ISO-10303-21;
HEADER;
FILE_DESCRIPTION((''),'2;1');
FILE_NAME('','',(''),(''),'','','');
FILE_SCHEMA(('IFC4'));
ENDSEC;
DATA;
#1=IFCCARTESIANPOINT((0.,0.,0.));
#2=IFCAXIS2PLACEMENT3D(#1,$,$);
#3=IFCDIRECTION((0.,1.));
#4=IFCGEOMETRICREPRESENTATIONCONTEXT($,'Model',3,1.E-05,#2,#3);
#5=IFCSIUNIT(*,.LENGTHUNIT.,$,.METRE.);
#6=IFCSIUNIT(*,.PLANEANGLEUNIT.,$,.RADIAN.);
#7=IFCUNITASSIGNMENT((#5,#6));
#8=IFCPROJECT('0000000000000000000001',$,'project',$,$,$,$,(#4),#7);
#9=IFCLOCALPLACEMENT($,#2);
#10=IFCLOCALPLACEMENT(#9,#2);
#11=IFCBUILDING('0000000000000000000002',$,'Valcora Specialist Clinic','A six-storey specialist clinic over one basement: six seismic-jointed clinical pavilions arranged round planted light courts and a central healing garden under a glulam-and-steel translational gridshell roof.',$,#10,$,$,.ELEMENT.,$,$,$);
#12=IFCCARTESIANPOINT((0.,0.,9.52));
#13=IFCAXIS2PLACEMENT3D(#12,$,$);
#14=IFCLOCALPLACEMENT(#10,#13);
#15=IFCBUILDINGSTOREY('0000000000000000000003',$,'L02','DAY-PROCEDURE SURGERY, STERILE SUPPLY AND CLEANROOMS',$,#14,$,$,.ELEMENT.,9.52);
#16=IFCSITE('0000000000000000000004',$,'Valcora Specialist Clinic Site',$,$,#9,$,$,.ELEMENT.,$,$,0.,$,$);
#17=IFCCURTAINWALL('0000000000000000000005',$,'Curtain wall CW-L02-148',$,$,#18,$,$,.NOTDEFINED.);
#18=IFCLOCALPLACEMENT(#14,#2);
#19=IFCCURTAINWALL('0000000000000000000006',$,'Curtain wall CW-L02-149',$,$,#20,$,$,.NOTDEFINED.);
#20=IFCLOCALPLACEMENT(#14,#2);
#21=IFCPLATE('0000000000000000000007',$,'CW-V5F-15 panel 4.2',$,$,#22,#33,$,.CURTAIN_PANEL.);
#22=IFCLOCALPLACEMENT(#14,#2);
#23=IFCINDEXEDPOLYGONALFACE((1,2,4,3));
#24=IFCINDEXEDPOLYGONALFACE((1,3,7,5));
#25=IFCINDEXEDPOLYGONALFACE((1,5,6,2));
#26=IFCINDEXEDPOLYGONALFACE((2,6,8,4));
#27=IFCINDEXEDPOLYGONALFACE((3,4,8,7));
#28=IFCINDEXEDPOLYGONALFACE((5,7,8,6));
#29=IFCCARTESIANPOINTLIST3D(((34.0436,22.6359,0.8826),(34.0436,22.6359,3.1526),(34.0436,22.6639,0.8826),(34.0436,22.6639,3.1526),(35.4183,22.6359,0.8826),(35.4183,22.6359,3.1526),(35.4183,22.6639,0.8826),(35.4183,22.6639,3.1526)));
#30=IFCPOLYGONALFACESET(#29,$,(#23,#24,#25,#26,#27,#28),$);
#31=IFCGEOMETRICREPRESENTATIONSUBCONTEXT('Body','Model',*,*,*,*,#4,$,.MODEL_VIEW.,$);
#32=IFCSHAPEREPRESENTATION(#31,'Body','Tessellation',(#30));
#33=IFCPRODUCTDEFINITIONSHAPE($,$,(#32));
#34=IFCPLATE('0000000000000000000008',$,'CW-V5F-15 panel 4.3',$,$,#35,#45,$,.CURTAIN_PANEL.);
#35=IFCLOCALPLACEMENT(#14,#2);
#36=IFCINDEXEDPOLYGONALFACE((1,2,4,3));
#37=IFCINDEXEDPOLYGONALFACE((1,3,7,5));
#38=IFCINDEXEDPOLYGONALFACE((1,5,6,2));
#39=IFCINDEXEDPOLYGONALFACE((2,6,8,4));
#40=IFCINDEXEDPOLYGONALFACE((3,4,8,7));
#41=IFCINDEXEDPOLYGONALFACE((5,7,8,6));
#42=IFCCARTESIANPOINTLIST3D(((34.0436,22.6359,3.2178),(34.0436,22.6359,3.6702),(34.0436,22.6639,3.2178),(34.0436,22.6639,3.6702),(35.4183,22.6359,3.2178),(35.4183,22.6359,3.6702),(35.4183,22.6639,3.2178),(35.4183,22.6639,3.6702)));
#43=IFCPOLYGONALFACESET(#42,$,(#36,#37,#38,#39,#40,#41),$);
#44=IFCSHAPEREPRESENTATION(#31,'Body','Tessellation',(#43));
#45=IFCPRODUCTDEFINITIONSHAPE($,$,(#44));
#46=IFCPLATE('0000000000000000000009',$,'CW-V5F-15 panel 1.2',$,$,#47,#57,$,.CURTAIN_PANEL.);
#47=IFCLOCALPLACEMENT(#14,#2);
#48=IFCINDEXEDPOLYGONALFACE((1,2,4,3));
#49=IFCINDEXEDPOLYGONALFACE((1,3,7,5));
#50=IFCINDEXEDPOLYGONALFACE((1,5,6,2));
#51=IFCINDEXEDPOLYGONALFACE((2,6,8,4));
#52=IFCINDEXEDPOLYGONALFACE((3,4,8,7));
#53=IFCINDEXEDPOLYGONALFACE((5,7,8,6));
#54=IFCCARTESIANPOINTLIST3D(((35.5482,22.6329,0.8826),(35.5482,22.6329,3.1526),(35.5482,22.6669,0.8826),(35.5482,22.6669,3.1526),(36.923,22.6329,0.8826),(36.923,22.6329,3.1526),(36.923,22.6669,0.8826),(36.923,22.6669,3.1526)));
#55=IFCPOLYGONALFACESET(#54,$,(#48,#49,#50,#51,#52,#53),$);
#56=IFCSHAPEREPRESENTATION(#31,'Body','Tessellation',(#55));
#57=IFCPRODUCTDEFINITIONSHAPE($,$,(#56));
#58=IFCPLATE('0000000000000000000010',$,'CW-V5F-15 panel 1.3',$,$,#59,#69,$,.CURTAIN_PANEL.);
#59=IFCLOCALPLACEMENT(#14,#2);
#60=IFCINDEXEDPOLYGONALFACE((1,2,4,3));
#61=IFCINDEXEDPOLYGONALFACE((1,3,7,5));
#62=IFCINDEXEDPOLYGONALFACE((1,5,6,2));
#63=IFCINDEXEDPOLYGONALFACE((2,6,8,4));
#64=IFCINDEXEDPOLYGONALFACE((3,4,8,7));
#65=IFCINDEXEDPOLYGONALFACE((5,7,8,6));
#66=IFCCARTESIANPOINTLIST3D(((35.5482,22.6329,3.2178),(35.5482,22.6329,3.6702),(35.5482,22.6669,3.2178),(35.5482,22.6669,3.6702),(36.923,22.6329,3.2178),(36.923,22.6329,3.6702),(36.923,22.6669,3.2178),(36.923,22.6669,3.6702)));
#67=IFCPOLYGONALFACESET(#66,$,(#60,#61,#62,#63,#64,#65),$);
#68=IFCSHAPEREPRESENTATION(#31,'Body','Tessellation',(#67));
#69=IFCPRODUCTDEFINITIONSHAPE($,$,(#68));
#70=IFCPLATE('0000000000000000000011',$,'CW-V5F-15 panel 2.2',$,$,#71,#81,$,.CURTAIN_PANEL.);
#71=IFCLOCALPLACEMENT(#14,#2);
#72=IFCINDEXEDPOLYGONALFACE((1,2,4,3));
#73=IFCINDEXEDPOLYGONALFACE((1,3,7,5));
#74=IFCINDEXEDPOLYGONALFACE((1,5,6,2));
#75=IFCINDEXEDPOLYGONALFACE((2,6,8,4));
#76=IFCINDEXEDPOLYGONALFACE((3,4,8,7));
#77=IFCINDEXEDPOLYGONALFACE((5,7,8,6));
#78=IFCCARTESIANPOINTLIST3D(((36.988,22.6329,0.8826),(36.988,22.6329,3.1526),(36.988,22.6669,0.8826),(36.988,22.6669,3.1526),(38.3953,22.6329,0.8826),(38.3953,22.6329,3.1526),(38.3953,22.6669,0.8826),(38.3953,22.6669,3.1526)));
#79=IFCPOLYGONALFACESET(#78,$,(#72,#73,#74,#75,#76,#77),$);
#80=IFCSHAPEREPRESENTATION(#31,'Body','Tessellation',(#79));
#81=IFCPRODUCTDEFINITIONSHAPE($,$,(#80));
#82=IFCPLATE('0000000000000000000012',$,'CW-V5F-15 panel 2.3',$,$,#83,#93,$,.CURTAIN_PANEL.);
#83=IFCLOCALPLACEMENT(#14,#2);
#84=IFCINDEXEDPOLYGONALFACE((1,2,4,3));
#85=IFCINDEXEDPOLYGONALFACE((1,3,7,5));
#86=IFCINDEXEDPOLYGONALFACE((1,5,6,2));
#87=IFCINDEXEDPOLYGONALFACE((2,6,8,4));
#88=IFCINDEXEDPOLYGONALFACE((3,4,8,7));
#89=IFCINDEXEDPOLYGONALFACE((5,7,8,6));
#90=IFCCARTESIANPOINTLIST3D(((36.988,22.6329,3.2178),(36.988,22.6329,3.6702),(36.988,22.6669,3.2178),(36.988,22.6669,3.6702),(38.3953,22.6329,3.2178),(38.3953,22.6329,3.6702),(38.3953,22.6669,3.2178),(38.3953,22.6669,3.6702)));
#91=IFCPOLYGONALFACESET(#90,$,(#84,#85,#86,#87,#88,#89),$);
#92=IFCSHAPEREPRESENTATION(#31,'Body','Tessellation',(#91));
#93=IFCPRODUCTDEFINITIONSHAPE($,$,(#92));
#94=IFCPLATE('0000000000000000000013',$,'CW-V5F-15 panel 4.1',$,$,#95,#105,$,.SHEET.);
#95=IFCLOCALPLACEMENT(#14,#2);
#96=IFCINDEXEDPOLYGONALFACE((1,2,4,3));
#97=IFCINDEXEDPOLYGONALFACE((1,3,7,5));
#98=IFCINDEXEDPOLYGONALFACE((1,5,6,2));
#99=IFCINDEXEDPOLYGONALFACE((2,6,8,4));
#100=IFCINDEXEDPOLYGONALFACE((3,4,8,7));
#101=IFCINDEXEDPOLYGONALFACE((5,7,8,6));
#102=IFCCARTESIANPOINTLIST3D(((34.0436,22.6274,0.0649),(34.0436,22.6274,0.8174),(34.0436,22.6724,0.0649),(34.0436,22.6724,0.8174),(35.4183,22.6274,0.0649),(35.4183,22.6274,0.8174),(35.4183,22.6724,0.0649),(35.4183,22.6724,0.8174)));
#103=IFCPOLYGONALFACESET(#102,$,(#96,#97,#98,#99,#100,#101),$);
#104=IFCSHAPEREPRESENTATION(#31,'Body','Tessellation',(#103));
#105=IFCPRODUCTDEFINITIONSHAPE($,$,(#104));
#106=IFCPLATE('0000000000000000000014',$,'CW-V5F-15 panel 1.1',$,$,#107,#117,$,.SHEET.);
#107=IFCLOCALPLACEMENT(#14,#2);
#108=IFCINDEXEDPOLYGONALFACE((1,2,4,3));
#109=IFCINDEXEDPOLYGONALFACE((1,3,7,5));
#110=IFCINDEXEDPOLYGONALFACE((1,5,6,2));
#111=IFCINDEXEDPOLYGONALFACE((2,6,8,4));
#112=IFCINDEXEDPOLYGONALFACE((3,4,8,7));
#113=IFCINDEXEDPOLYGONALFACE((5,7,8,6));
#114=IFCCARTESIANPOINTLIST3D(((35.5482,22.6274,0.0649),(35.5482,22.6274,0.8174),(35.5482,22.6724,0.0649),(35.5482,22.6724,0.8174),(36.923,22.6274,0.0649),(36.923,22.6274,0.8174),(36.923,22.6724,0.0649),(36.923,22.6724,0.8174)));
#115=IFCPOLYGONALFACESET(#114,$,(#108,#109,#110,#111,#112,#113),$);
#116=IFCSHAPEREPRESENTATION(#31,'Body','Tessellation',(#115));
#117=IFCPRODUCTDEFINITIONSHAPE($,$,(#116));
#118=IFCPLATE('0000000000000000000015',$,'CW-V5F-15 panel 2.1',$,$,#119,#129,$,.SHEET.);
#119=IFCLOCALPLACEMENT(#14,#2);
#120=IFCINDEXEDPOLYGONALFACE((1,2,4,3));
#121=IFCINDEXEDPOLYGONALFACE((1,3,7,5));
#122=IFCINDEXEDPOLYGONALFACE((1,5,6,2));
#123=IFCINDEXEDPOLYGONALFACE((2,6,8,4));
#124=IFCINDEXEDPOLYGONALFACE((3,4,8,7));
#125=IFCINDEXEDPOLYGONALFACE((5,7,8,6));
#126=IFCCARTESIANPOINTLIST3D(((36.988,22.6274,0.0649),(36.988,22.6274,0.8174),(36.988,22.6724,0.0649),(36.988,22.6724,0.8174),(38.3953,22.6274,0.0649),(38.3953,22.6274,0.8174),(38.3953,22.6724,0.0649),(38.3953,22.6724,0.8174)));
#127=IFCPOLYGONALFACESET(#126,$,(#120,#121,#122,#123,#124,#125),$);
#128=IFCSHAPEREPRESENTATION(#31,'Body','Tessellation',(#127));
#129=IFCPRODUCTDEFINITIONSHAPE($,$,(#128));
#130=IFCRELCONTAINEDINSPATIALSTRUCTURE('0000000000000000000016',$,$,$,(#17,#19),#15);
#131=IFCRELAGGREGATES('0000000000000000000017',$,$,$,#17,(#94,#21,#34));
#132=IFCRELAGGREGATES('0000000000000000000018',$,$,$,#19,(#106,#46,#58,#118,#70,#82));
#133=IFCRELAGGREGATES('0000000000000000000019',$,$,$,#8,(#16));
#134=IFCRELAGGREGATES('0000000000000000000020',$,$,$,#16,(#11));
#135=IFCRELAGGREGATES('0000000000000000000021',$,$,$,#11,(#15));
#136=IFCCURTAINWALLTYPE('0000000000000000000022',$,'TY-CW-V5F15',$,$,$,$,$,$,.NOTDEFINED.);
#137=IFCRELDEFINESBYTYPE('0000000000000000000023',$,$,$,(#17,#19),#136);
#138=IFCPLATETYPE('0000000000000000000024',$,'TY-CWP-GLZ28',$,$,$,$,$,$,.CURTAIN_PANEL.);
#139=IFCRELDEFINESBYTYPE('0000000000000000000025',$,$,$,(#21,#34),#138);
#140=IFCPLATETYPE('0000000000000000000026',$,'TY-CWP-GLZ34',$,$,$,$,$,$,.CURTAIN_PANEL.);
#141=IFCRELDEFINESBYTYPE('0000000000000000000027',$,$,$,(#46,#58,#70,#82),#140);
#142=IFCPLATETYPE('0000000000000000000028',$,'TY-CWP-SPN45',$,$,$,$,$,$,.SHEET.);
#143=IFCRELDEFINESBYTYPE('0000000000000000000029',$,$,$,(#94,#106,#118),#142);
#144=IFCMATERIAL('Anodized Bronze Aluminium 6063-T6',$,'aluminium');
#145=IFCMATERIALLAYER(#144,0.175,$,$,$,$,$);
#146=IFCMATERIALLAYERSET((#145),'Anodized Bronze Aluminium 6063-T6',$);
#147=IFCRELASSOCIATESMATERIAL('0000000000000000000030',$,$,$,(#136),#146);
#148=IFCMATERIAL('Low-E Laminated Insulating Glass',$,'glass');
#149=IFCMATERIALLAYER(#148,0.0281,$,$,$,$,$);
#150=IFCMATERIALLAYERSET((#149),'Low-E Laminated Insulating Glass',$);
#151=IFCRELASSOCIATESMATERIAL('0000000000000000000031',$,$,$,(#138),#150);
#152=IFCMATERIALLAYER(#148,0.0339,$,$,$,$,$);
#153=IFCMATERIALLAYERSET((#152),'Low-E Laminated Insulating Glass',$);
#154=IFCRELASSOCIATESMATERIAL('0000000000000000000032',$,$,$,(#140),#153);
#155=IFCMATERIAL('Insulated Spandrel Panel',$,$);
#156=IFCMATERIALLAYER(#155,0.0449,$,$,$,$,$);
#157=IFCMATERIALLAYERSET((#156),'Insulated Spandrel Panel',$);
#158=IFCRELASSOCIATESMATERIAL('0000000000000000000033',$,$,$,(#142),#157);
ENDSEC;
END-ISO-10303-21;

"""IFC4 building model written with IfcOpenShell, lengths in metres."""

from ifc_helpers import new_model, si_unit, direction, frame, origin, origin_2d, place, context, subcontext, project, spatial, rectangle, extrude, material, layer, layer_set, type_object, element, aggregate, save


model = new_model("IFC4")

# Units and contexts
model_context = context("Model", 3, precision=1e-05, world=origin(), true_north=direction((0.0, 1.0)))
body_context = subcontext(model_context, "Body", "Model", "MODEL_VIEW")
ifc_project = project(units=[si_unit("LENGTHUNIT", "METRE"), si_unit("PLANEANGLEUNIT", "RADIAN")], contexts=[model_context])

# Site, building, storey
site_placement = place(None, origin())
site = spatial("IfcSite", under=ifc_project, at=site_placement, Name="Valcora Specialist Clinic Site", CompositionType="ELEMENT", RefElevation=0.0)
building_placement = place(site_placement, origin())
building = spatial("IfcBuilding", under=site, at=building_placement, Name="Valcora Specialist Clinic", Description="A six-storey specialist clinic over one basement: six seismic-jointed clinical pavilions arranged round planted light courts and a central healing garden under a glulam-and-steel translational gridshell roof.", CompositionType="ELEMENT")
storey_placement = place(building_placement, frame((0.0, 0.0, 9.52)))
storey = spatial("IfcBuildingStorey", under=building, at=storey_placement, Name="L02", Description="DAY-PROCEDURE SURGERY, STERILE SUPPLY AND CLEANROOMS", CompositionType="ELEMENT", Elevation=9.52)

# Curtain walls
ifc_material_1 = material(Name="Anodized Bronze Aluminium 6063-T6", Category="aluminium")
ifc_layer_1 = layer(ifc_material_1, 0.175)
ifc_layer_set_1 = layer_set([ifc_layer_1], Name="Anodized Bronze Aluminium 6063-T6")
curtain_wall_type = type_object("IfcCurtainWallType", Name="TY-CW-V5F15", PredefinedType="NOTDEFINED", material=ifc_layer_set_1)
curtain_wall_1_placement = place(storey_placement, origin())
curtain_wall_1 = element("IfcCurtainWall", 1, at=curtain_wall_1_placement, inside=storey, type_object=curtain_wall_type, Name="Curtain wall CW-L02-148", PredefinedType="NOTDEFINED")
curtain_wall_2_placement = place(storey_placement, origin())
curtain_wall_2 = element("IfcCurtainWall", 2, at=curtain_wall_2_placement, inside=storey, type_object=curtain_wall_type, Name="Curtain wall CW-L02-149", PredefinedType="NOTDEFINED")

# Plates
ifc_material_2 = material(Name="Low-E Laminated Insulating Glass", Category="glass")
ifc_layer_2 = layer(ifc_material_2, 0.0281)
ifc_layer_set_2 = layer_set([ifc_layer_2], Name="Low-E Laminated Insulating Glass")
plate_type_1 = type_object("IfcPlateType", Name="TY-CWP-GLZ28", PredefinedType="CURTAIN_PANEL", material=ifc_layer_set_2)
plate_1_placement = place(storey_placement, frame((34.731, 22.6499, 0.8826), z_axis=(0.0, 0.0, 1.0), x_axis=(1.0, 0.0, 0.0)))
plate_1 = element("IfcPlate", 3, at=plate_1_placement, type_object=plate_type_1, Name="CW-V5F-15 panel 4.2", PredefinedType="CURTAIN_PANEL", context=body_context, shape_type="SweptSolid", body=[
    extrude(rectangle(XDim=1.3748, YDim=0.0281, at=origin_2d()), origin(), (0.0, 0.0, 1.0), 2.27),
])
plate_2_placement = place(storey_placement, frame((34.731, 22.6499, 3.2178), z_axis=(0.0, 0.0, 1.0), x_axis=(1.0, 0.0, 0.0)))
plate_2 = element("IfcPlate", 4, at=plate_2_placement, type_object=plate_type_1, Name="CW-V5F-15 panel 4.3", PredefinedType="CURTAIN_PANEL", context=body_context, shape_type="SweptSolid", body=[
    extrude(rectangle(XDim=1.3748, YDim=0.0281, at=origin_2d()), origin(), (0.0, 0.0, 1.0), 0.4524),
])
ifc_layer_3 = layer(ifc_material_2, 0.0339)
ifc_layer_set_3 = layer_set([ifc_layer_3], Name="Low-E Laminated Insulating Glass")
plate_type_2 = type_object("IfcPlateType", Name="TY-CWP-GLZ34", PredefinedType="CURTAIN_PANEL", material=ifc_layer_set_3)
plate_3_placement = place(storey_placement, frame((36.2356, 22.6499, 0.8826), z_axis=(0.0, 0.0, 1.0), x_axis=(1.0, 0.0, 0.0)))
plate_3 = element("IfcPlate", 5, at=plate_3_placement, type_object=plate_type_2, Name="CW-V5F-15 panel 1.2", PredefinedType="CURTAIN_PANEL", context=body_context, shape_type="SweptSolid", body=[
    extrude(rectangle(XDim=1.3748, YDim=0.0339, at=origin_2d()), origin(), (0.0, 0.0, 1.0), 2.27),
])
plate_4_placement = place(storey_placement, frame((36.2356, 22.6499, 3.2178), z_axis=(0.0, 0.0, 1.0), x_axis=(1.0, 0.0, 0.0)))
plate_4 = element("IfcPlate", 6, at=plate_4_placement, type_object=plate_type_2, Name="CW-V5F-15 panel 1.3", PredefinedType="CURTAIN_PANEL", context=body_context, shape_type="SweptSolid", body=[
    extrude(rectangle(XDim=1.3748, YDim=0.0339, at=origin_2d()), origin(), (0.0, 0.0, 1.0), 0.4524),
])
plate_5_placement = place(storey_placement, frame((37.6917, 22.6499, 0.8826), z_axis=(0.0, 0.0, 1.0), x_axis=(1.0, 0.0, 0.0)))
plate_5 = element("IfcPlate", 7, at=plate_5_placement, type_object=plate_type_2, Name="CW-V5F-15 panel 2.2", PredefinedType="CURTAIN_PANEL", context=body_context, shape_type="SweptSolid", body=[
    extrude(rectangle(XDim=1.4072, YDim=0.0339, at=origin_2d()), origin(), (0.0, 0.0, 1.0), 2.27),
])
plate_6_placement = place(storey_placement, frame((37.6917, 22.6499, 3.2178), z_axis=(0.0, 0.0, 1.0), x_axis=(1.0, 0.0, 0.0)))
plate_6 = element("IfcPlate", 8, at=plate_6_placement, type_object=plate_type_2, Name="CW-V5F-15 panel 2.3", PredefinedType="CURTAIN_PANEL", context=body_context, shape_type="SweptSolid", body=[
    extrude(rectangle(XDim=1.4072, YDim=0.0339, at=origin_2d()), origin(), (0.0, 0.0, 1.0), 0.4524),
])
ifc_material_3 = material(Name="Insulated Spandrel Panel")
ifc_layer_4 = layer(ifc_material_3, 0.0449)
ifc_layer_set_4 = layer_set([ifc_layer_4], Name="Insulated Spandrel Panel")
plate_type_3 = type_object("IfcPlateType", Name="TY-CWP-SPN45", PredefinedType="SHEET", material=ifc_layer_set_4)
plate_7_placement = place(storey_placement, frame((34.731, 22.6499, 0.0649), z_axis=(0.0, 0.0, 1.0), x_axis=(1.0, 0.0, 0.0)))
plate_7 = element("IfcPlate", 9, at=plate_7_placement, type_object=plate_type_3, Name="CW-V5F-15 panel 4.1", PredefinedType="SHEET", context=body_context, shape_type="SweptSolid", body=[
    extrude(rectangle(XDim=1.3748, YDim=0.0449, at=origin_2d()), origin(), (0.0, 0.0, 1.0), 0.7524),
])
aggregate(curtain_wall_1, [plate_7, plate_1, plate_2])
plate_8_placement = place(storey_placement, frame((36.2356, 22.6499, 0.0649), z_axis=(0.0, 0.0, 1.0), x_axis=(1.0, 0.0, 0.0)))
plate_8 = element("IfcPlate", 10, at=plate_8_placement, type_object=plate_type_3, Name="CW-V5F-15 panel 1.1", PredefinedType="SHEET", context=body_context, shape_type="SweptSolid", body=[
    extrude(rectangle(XDim=1.3748, YDim=0.0449, at=origin_2d()), origin(), (0.0, 0.0, 1.0), 0.7524),
])
plate_9_placement = place(storey_placement, frame((37.6917, 22.6499, 0.0649), z_axis=(0.0, 0.0, 1.0), x_axis=(1.0, 0.0, 0.0)))
plate_9 = element("IfcPlate", 11, at=plate_9_placement, type_object=plate_type_3, Name="CW-V5F-15 panel 2.1", PredefinedType="SHEET", context=body_context, shape_type="SweptSolid", body=[
    extrude(rectangle(XDim=1.4072, YDim=0.0449, at=origin_2d()), origin(), (0.0, 0.0, 1.0), 0.7524),
])
aggregate(curtain_wall_2, [plate_8, plate_3, plate_4, plate_9, plate_5, plate_6])

save(model, "model.ifc")
